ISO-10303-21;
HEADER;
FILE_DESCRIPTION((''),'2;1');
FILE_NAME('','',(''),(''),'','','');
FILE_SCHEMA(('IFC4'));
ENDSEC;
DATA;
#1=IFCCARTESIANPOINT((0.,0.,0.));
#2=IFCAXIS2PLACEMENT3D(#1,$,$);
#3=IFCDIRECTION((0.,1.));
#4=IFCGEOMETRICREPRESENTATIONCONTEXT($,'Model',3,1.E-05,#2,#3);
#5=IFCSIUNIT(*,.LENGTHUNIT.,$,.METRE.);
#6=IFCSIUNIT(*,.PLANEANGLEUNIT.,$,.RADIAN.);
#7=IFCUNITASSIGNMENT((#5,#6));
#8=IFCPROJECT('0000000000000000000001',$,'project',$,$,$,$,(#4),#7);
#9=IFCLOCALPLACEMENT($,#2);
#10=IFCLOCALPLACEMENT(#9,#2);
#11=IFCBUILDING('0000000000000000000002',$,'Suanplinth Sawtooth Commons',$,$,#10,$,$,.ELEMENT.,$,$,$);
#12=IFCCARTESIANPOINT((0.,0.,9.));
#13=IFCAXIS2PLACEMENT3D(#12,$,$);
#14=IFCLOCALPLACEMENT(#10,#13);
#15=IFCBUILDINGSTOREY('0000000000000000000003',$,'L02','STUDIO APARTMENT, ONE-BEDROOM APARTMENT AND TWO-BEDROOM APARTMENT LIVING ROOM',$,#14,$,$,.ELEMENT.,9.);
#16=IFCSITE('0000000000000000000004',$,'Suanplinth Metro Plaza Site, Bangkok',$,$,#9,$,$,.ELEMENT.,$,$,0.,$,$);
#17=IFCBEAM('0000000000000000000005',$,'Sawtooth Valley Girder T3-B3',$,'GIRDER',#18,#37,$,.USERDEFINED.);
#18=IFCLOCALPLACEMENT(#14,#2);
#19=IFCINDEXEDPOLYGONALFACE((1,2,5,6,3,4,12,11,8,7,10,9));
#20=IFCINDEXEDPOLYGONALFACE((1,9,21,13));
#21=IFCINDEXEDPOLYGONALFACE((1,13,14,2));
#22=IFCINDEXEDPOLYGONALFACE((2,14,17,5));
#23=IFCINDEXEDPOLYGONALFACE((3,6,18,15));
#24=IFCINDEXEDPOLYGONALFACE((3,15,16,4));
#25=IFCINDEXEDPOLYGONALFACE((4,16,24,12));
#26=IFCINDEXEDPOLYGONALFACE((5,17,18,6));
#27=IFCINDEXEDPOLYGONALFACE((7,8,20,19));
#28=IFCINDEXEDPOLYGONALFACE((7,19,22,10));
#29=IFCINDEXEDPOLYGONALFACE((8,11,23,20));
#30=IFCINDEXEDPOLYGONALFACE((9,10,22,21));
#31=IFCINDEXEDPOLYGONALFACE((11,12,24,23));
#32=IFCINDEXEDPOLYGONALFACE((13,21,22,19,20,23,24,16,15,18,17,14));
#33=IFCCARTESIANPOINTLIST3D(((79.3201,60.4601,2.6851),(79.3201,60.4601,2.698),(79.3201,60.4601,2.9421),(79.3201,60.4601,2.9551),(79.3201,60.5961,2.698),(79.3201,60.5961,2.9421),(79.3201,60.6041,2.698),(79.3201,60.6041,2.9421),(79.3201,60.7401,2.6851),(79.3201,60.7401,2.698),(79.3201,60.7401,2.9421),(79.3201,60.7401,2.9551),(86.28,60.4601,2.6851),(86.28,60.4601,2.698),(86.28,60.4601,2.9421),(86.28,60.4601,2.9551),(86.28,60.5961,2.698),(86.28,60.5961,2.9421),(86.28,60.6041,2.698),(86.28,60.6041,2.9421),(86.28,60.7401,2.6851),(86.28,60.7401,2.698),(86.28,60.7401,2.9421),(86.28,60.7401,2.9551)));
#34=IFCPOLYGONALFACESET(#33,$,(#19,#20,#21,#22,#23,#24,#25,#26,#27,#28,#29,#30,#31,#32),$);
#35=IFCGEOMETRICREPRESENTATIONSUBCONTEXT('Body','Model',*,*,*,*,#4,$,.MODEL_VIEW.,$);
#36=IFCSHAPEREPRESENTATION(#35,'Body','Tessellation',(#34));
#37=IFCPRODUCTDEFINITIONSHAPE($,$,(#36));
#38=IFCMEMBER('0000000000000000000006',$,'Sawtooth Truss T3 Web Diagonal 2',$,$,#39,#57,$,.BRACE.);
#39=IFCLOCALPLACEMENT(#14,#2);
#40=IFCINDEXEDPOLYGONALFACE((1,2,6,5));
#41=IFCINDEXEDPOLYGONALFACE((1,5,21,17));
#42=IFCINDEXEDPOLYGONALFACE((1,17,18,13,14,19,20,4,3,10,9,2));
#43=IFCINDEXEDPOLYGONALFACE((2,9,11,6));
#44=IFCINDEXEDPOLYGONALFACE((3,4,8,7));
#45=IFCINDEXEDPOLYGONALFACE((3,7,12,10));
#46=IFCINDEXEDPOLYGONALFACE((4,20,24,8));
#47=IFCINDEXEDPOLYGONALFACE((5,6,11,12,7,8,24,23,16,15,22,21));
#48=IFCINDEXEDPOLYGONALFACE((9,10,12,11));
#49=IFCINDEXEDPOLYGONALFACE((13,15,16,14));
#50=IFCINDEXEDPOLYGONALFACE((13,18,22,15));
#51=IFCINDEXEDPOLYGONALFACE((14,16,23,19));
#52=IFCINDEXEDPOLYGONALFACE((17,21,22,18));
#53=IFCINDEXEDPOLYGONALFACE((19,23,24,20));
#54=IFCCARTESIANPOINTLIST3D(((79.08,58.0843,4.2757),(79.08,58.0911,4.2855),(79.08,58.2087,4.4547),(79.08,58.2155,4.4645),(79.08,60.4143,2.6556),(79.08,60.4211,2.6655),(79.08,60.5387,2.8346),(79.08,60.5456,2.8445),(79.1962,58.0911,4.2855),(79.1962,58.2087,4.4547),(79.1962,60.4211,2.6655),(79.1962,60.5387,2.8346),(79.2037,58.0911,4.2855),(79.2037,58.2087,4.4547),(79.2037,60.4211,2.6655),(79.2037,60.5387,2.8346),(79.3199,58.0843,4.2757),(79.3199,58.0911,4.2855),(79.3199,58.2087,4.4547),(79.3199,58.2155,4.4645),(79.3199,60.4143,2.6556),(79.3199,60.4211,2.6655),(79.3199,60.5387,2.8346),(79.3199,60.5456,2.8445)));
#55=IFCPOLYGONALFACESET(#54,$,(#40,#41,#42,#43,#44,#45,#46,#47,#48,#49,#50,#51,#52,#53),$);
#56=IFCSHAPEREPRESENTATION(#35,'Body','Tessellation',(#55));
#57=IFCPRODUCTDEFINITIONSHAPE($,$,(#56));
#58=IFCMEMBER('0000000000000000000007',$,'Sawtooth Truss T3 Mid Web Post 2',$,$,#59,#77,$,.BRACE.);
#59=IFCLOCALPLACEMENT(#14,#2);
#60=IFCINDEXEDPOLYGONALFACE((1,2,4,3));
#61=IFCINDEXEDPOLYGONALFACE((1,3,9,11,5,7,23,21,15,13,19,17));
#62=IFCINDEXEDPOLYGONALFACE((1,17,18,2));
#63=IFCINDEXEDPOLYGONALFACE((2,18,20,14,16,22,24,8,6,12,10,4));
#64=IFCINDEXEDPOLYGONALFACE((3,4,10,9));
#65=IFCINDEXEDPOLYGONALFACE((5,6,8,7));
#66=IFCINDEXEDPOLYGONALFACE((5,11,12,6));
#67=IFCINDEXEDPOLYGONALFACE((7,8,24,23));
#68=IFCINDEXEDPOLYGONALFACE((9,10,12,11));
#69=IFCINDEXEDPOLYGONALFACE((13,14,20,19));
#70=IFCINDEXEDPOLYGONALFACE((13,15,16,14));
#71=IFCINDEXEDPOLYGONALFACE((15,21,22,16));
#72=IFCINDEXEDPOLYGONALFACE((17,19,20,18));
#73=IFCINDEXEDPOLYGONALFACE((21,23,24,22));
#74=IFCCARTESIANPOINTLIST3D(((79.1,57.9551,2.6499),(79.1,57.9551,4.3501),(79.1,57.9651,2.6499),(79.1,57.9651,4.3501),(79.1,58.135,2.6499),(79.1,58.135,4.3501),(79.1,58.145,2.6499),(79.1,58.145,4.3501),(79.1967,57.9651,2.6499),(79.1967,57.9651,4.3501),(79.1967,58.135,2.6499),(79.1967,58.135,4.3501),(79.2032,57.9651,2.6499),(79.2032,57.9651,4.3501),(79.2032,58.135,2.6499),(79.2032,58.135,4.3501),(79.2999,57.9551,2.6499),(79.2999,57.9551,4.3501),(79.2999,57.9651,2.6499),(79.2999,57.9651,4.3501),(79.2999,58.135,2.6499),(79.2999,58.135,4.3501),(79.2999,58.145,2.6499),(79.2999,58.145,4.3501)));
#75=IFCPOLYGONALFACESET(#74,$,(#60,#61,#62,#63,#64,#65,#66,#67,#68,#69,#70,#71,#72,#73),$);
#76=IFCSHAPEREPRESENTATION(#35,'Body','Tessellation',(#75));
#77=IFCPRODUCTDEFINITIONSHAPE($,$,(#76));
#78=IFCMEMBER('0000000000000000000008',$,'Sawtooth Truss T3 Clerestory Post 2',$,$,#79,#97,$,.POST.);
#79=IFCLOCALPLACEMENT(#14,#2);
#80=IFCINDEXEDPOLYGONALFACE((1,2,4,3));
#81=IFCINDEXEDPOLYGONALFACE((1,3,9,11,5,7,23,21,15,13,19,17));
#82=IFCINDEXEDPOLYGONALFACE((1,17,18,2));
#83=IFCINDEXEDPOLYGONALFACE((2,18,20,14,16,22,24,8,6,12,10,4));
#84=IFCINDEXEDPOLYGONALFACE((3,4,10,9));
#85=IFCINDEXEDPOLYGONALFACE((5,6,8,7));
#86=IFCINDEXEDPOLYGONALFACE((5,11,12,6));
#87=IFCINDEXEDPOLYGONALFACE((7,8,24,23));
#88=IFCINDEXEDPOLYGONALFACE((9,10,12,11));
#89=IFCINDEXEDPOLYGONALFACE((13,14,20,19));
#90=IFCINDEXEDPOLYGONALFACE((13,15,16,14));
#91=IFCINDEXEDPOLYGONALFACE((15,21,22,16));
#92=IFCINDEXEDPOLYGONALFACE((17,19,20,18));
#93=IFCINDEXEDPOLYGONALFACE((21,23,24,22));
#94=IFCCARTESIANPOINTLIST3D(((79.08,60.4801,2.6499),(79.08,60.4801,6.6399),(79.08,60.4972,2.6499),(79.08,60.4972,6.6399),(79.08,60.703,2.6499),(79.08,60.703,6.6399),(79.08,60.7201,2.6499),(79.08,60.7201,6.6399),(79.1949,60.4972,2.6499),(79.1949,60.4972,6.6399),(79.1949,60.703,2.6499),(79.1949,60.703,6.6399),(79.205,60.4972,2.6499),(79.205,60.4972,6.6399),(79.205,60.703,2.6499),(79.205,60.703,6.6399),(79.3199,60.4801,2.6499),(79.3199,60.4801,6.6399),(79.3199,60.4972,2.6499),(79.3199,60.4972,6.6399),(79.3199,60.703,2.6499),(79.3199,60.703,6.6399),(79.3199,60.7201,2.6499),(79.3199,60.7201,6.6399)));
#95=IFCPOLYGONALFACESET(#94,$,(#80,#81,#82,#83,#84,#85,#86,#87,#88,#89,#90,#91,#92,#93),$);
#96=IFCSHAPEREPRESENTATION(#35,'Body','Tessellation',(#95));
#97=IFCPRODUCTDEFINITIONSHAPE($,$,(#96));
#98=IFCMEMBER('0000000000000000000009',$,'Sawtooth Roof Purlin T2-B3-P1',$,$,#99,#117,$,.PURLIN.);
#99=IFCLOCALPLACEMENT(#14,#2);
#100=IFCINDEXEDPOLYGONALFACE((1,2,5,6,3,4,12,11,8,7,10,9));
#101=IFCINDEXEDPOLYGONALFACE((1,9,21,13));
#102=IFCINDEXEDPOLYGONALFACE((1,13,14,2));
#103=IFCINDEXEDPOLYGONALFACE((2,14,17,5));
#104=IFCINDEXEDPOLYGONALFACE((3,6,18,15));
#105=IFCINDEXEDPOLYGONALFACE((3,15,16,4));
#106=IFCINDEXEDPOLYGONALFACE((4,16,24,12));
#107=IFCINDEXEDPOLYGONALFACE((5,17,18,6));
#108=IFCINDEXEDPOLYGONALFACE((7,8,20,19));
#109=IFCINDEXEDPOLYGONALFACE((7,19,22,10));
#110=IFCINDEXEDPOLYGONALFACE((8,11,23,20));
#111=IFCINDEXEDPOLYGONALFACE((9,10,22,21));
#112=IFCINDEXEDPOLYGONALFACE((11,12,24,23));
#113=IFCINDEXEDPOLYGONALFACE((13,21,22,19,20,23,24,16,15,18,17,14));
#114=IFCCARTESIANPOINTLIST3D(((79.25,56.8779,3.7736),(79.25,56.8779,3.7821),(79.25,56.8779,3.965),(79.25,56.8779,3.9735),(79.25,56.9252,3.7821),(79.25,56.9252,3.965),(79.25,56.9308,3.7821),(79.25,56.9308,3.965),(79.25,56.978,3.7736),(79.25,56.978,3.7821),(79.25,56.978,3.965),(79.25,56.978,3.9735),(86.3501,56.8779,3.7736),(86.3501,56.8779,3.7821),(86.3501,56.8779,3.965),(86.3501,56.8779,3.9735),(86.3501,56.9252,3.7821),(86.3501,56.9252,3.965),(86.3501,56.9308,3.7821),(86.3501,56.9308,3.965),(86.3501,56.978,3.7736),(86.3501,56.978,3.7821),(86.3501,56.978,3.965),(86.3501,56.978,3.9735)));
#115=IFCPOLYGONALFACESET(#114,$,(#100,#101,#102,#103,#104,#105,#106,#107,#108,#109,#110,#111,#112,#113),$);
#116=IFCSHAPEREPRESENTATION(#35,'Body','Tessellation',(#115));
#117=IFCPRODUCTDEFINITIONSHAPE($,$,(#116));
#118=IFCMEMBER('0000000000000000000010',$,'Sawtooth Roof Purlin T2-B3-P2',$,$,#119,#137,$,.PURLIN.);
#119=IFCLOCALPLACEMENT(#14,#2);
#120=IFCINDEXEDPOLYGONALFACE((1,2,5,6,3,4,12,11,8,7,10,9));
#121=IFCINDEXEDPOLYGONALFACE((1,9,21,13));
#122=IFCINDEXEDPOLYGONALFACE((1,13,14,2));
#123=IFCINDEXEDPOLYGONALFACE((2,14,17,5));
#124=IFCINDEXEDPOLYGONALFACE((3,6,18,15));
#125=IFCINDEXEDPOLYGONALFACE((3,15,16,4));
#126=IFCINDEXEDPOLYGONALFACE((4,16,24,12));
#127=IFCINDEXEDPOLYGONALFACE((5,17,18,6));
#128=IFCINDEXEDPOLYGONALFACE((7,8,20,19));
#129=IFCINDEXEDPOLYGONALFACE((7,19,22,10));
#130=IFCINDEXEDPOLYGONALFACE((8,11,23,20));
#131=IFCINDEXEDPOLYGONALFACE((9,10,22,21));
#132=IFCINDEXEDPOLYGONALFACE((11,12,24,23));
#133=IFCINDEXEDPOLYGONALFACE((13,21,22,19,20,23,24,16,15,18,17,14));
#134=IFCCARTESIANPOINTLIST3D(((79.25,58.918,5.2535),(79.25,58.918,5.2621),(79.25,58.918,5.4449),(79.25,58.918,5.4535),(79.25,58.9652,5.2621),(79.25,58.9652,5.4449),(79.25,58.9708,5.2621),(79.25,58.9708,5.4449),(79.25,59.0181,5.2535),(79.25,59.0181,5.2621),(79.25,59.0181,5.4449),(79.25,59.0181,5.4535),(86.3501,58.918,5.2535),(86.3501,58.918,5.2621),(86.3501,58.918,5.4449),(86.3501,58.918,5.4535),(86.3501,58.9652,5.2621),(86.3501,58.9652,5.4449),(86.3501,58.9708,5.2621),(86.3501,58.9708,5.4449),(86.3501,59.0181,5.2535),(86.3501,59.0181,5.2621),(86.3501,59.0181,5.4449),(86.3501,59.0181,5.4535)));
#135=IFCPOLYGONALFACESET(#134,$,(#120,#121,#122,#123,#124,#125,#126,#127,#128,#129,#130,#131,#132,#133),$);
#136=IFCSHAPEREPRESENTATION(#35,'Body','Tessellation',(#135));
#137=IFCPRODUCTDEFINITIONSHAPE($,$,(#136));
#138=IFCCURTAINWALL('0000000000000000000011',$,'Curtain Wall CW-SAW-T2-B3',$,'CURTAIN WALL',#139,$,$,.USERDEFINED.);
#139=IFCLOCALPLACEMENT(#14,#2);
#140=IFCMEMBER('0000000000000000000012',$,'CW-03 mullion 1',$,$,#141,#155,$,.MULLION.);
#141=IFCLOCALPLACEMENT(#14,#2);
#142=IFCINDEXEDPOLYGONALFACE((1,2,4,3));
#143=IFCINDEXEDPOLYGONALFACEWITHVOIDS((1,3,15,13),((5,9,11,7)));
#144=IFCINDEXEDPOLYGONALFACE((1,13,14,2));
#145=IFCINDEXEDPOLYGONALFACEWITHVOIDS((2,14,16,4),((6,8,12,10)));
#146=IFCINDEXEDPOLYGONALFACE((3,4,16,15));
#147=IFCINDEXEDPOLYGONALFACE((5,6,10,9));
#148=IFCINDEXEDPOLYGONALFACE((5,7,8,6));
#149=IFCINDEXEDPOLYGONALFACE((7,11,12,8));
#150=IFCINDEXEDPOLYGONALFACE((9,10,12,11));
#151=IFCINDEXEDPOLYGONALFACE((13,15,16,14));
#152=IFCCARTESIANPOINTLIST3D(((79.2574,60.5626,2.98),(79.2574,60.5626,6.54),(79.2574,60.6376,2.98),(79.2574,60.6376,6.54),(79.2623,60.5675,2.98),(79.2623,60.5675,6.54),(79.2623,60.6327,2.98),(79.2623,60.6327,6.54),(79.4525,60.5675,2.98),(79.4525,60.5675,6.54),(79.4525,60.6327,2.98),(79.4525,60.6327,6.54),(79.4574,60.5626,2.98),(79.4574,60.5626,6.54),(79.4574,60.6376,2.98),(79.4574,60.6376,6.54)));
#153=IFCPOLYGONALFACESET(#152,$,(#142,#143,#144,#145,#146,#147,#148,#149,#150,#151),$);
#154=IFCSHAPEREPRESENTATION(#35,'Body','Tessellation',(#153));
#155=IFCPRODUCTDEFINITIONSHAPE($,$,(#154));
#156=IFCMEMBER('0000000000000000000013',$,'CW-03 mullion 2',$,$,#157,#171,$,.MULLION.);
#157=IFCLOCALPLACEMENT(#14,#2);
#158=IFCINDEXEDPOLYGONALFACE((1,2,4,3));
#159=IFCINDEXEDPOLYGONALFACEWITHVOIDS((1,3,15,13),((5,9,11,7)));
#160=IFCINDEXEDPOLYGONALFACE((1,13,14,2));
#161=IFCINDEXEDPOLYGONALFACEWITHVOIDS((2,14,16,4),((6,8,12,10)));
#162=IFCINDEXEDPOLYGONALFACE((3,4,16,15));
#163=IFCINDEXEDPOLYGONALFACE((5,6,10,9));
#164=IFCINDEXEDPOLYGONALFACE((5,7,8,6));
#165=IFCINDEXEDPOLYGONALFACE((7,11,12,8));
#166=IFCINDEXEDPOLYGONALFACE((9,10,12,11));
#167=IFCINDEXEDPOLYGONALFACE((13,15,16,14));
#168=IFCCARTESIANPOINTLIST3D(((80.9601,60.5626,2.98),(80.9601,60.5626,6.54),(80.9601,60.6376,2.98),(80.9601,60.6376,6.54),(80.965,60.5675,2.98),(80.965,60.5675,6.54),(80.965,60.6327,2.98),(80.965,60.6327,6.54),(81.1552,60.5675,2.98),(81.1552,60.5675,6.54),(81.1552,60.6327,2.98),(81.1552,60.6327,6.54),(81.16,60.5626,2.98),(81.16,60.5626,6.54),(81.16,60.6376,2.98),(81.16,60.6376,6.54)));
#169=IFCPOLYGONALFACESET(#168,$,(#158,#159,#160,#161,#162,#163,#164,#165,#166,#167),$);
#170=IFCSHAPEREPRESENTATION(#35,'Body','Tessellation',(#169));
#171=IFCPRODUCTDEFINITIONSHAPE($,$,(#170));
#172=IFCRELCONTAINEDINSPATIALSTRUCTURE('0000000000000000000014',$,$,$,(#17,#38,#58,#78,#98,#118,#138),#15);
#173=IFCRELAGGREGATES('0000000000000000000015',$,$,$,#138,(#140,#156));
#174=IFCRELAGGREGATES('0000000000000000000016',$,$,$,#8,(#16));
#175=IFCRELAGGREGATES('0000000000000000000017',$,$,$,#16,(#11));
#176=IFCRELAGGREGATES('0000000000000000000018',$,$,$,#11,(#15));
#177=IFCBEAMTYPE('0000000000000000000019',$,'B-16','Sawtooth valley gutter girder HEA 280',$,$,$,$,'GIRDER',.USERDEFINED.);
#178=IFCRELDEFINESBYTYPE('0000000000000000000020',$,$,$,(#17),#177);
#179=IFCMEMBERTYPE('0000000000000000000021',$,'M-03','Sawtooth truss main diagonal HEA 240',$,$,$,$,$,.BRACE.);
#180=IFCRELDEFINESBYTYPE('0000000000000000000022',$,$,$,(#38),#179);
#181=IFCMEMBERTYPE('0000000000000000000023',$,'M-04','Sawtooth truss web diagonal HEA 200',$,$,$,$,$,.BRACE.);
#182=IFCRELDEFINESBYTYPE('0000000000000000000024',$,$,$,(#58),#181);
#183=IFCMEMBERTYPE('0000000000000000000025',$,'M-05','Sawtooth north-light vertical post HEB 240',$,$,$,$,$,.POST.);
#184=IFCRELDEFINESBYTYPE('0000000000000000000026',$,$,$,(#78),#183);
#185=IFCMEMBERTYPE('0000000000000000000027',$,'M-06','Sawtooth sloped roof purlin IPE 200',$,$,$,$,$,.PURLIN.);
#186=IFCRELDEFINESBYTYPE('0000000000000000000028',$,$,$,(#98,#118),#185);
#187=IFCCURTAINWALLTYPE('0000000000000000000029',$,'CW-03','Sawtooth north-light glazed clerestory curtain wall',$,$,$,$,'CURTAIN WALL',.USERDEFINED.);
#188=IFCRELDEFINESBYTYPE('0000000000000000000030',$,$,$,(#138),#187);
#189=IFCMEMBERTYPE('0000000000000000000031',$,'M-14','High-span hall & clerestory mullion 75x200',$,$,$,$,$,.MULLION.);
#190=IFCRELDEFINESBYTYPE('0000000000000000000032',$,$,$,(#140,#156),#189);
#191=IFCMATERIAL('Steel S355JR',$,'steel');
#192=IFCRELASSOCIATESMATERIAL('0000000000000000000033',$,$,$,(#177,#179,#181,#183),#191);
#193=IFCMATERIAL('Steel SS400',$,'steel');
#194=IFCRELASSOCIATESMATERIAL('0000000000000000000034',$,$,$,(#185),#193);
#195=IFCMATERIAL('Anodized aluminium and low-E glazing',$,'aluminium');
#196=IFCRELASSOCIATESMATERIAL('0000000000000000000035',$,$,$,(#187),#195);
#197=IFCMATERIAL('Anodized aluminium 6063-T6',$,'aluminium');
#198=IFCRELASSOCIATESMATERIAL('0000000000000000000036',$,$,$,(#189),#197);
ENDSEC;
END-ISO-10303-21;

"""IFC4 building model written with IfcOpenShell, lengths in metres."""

from ifc_helpers import new_model, si_unit, direction, frame, origin, origin_2d, place, context, subcontext, project, spatial, hollow_rectangle, i_section, extrude, material, material_profile, profile_set, type_object, element, aggregate, save


model = new_model("IFC4")

# Units and contexts
model_context = context("Model", 3, precision=1e-05, world=origin(), true_north=direction((0.0, 1.0)))
body_context = subcontext(model_context, "Body", "Model", "MODEL_VIEW")
ifc_project = project(units=[si_unit("LENGTHUNIT", "METRE"), si_unit("PLANEANGLEUNIT", "RADIAN")], contexts=[model_context])

# Site, building, storey
site_placement = place(None, origin())
site = spatial("IfcSite", under=ifc_project, at=site_placement, Name="Suanplinth Metro Plaza Site, Bangkok", CompositionType="ELEMENT", RefElevation=0.0)
building_placement = place(site_placement, origin())
building = spatial("IfcBuilding", under=site, at=building_placement, Name="Suanplinth Sawtooth Commons", CompositionType="ELEMENT")
storey_placement = place(building_placement, frame((0.0, 0.0, 9.0)))
storey = spatial("IfcBuildingStorey", under=building, at=storey_placement, Name="L02", Description="STUDIO APARTMENT, ONE-BEDROOM APARTMENT AND TWO-BEDROOM APARTMENT LIVING ROOM", CompositionType="ELEMENT", Elevation=9.0)

# Beam
ifc_material_1 = material(Name="Steel S355JR", Category="steel")
ifc_material_profile_1 = material_profile(ifc_material_1, i_section(OverallWidth=0.28, OverallDepth=0.27, WebThickness=0.0081, FlangeThickness=0.0129, at=origin_2d()), Name="HEA 280")
ifc_profile_set_1 = profile_set([ifc_material_profile_1], Name="Steel S355JR")
beam_type = type_object("IfcBeamType", Name="B-16", Description="Sawtooth valley gutter girder HEA 280", ElementType="GIRDER", PredefinedType="USERDEFINED", material=ifc_profile_set_1)
beam_placement = place(storey_placement, frame((79.3201, 60.6001, 2.8201), z_axis=(1.0, 0.0, 0.0), x_axis=(0.0, 1.0, 0.0)))
element("IfcBeam", 1, at=beam_placement, inside=storey, type_object=beam_type, Name="Sawtooth Valley Girder T3-B3", ObjectType="GIRDER", PredefinedType="USERDEFINED", context=body_context, shape_type="SweptSolid", body=[
    extrude(i_section(OverallWidth=0.28, OverallDepth=0.27, WebThickness=0.0081, FlangeThickness=0.0129, at=origin_2d()), origin(), (0.0, 0.0, 1.0), 6.96),
])

# Members
ifc_material_profile_2 = material_profile(ifc_material_1, i_section(OverallWidth=0.24, OverallDepth=0.23, WebThickness=0.0076, FlangeThickness=0.012, at=origin_2d()), Name="HEA 240")
ifc_profile_set_2 = profile_set([ifc_material_profile_2], Name="Steel S355JR")
member_type_1 = type_object("IfcMemberType", Name="M-03", Description="Sawtooth truss main diagonal HEA 240", PredefinedType="BRACE", material=ifc_profile_set_2)
member_1_placement = place(storey_placement, frame((79.2, 58.1499, 4.3701), z_axis=(0.0, 0.821038, -0.570873), x_axis=(-1.0, 0.0, 0.0)))
element("IfcMember", 2, at=member_1_placement, inside=storey, type_object=member_type_1, Name="Sawtooth Truss T3 Web Diagonal 2", PredefinedType="BRACE", context=body_context, shape_type="SweptSolid", body=[
    extrude(i_section(OverallWidth=0.24, OverallDepth=0.23, WebThickness=0.0076, FlangeThickness=0.012, at=origin_2d()), origin(), (0.0, 0.0, 1.0), 2.8379),
])
ifc_material_profile_3 = material_profile(ifc_material_1, i_section(OverallWidth=0.2, OverallDepth=0.1899, WebThickness=0.0066, FlangeThickness=0.01, at=origin_2d()), Name="HEA 200")
ifc_profile_set_3 = profile_set([ifc_material_profile_3], Name="Steel S355JR")
member_type_2 = type_object("IfcMemberType", Name="M-04", Description="Sawtooth truss web diagonal HEA 200", PredefinedType="BRACE", material=ifc_profile_set_3)
member_2_placement = place(storey_placement, frame((79.2, 58.05, 2.6499), z_axis=(0.0, 0.0, 1.0), x_axis=(1.0, 0.0, 0.0)))
element("IfcMember", 3, at=member_2_placement, inside=storey, type_object=member_type_2, Name="Sawtooth Truss T3 Mid Web Post 2", PredefinedType="BRACE", context=body_context, shape_type="SweptSolid", body=[
    extrude(i_section(OverallWidth=0.2, OverallDepth=0.1899, WebThickness=0.0066, FlangeThickness=0.01, at=origin_2d()), origin(), (0.0, 0.0, 1.0), 1.7002),
])
ifc_material_profile_4 = material_profile(ifc_material_1, i_section(OverallWidth=0.24, OverallDepth=0.24, WebThickness=0.01, FlangeThickness=0.0171, at=origin_2d()), Name="HEB 240")
ifc_profile_set_4 = profile_set([ifc_material_profile_4], Name="Steel S355JR")
member_type_3 = type_object("IfcMemberType", Name="M-05", Description="Sawtooth north-light vertical post HEB 240", PredefinedType="POST", material=ifc_profile_set_4)
member_3_placement = place(storey_placement, frame((79.2, 60.6001, 2.6499), z_axis=(0.0, 0.0, 1.0), x_axis=(1.0, 0.0, 0.0)))
element("IfcMember", 4, at=member_3_placement, inside=storey, type_object=member_type_3, Name="Sawtooth Truss T3 Clerestory Post 2", PredefinedType="POST", context=body_context, shape_type="SweptSolid", body=[
    extrude(i_section(OverallWidth=0.24, OverallDepth=0.24, WebThickness=0.01, FlangeThickness=0.0171, at=origin_2d()), origin(), (0.0, 0.0, 1.0), 3.99),
])
ifc_material_2 = material(Name="Steel SS400", Category="steel")
ifc_material_profile_5 = material_profile(ifc_material_2, i_section(OverallWidth=0.1001, OverallDepth=0.2, WebThickness=0.0056, FlangeThickness=0.0085, at=origin_2d()), Name="IPE 200")
ifc_profile_set_5 = profile_set([ifc_material_profile_5], Name="Steel SS400")
member_type_4 = type_object("IfcMemberType", Name="M-06", Description="Sawtooth sloped roof purlin IPE 200", PredefinedType="PURLIN", material=ifc_profile_set_5)
for number, where, z_axis, x_axis, name in (
    (5, (79.25, 56.928, 3.8735), (1.0, 0.0, 0.0), (0.0, 1.0, 0.0), "Sawtooth Roof Purlin T2-B3-P1"),
    (6, (79.25, 58.968, 5.3535), (1.0, 0.0, 0.0), (0.0, 1.0, 0.0), "Sawtooth Roof Purlin T2-B3-P2"),
):
    element("IfcMember", number, at=place(storey_placement, frame(where, z_axis=z_axis, x_axis=x_axis)), inside=storey, type_object=member_type_4, Name=name, PredefinedType="PURLIN", context=body_context, shape_type="SweptSolid", body=[
        extrude(i_section(OverallWidth=0.1001, OverallDepth=0.2, WebThickness=0.0056, FlangeThickness=0.0085, at=origin_2d()), origin(), (0.0, 0.0, 1.0), 7.1001),
    ])

# Curtain wall, members
ifc_material_3 = material(Name="Anodized aluminium and low-E glazing", Category="aluminium")
curtain_wall_type = type_object("IfcCurtainWallType", Name="CW-03", Description="Sawtooth north-light glazed clerestory curtain wall", ElementType="CURTAIN WALL", PredefinedType="USERDEFINED", material=ifc_material_3)
curtain_wall_placement = place(storey_placement, origin())
curtain_wall = element("IfcCurtainWall", 7, at=curtain_wall_placement, inside=storey, type_object=curtain_wall_type, Name="Curtain Wall CW-SAW-T2-B3", ObjectType="CURTAIN WALL", PredefinedType="USERDEFINED")
ifc_material_4 = material(Name="Anodized aluminium 6063-T6", Category="aluminium")
ifc_material_profile_6 = material_profile(ifc_material_4, hollow_rectangle(XDim=0.075, YDim=0.2, WallThickness=0.0049, at=origin_2d()), Name="ALU-MUL 75x200")
ifc_profile_set_6 = profile_set([ifc_material_profile_6], Name="Anodized aluminium 6063-T6")
member_type_5 = type_object("IfcMemberType", Name="M-14", Description="High-span hall & clerestory mullion 75x200", PredefinedType="MULLION", material=ifc_profile_set_6)
member_4_placement = place(storey_placement, frame((79.3574, 60.6001, 2.98), z_axis=(0.0, 0.0, 1.0), x_axis=(0.0, 1.0, 0.0)))
member_4 = element("IfcMember", 8, at=member_4_placement, type_object=member_type_5, Name="CW-03 mullion 1", PredefinedType="MULLION", context=body_context, shape_type="SweptSolid", body=[
    extrude(hollow_rectangle(XDim=0.075, YDim=0.2, WallThickness=0.0049, at=origin_2d()), origin(), (0.0, 0.0, 1.0), 3.5601),
])
member_5_placement = place(storey_placement, frame((81.0601, 60.6001, 2.98), z_axis=(0.0, 0.0, 1.0), x_axis=(0.0, 1.0, 0.0)))
member_5 = element("IfcMember", 9, at=member_5_placement, type_object=member_type_5, Name="CW-03 mullion 2", PredefinedType="MULLION", context=body_context, shape_type="SweptSolid", body=[
    extrude(hollow_rectangle(XDim=0.075, YDim=0.2, WallThickness=0.0049, at=origin_2d()), origin(), (0.0, 0.0, 1.0), 3.5601),
])

aggregate(curtain_wall, [member_4, member_5])

save(model, "model.ifc")
